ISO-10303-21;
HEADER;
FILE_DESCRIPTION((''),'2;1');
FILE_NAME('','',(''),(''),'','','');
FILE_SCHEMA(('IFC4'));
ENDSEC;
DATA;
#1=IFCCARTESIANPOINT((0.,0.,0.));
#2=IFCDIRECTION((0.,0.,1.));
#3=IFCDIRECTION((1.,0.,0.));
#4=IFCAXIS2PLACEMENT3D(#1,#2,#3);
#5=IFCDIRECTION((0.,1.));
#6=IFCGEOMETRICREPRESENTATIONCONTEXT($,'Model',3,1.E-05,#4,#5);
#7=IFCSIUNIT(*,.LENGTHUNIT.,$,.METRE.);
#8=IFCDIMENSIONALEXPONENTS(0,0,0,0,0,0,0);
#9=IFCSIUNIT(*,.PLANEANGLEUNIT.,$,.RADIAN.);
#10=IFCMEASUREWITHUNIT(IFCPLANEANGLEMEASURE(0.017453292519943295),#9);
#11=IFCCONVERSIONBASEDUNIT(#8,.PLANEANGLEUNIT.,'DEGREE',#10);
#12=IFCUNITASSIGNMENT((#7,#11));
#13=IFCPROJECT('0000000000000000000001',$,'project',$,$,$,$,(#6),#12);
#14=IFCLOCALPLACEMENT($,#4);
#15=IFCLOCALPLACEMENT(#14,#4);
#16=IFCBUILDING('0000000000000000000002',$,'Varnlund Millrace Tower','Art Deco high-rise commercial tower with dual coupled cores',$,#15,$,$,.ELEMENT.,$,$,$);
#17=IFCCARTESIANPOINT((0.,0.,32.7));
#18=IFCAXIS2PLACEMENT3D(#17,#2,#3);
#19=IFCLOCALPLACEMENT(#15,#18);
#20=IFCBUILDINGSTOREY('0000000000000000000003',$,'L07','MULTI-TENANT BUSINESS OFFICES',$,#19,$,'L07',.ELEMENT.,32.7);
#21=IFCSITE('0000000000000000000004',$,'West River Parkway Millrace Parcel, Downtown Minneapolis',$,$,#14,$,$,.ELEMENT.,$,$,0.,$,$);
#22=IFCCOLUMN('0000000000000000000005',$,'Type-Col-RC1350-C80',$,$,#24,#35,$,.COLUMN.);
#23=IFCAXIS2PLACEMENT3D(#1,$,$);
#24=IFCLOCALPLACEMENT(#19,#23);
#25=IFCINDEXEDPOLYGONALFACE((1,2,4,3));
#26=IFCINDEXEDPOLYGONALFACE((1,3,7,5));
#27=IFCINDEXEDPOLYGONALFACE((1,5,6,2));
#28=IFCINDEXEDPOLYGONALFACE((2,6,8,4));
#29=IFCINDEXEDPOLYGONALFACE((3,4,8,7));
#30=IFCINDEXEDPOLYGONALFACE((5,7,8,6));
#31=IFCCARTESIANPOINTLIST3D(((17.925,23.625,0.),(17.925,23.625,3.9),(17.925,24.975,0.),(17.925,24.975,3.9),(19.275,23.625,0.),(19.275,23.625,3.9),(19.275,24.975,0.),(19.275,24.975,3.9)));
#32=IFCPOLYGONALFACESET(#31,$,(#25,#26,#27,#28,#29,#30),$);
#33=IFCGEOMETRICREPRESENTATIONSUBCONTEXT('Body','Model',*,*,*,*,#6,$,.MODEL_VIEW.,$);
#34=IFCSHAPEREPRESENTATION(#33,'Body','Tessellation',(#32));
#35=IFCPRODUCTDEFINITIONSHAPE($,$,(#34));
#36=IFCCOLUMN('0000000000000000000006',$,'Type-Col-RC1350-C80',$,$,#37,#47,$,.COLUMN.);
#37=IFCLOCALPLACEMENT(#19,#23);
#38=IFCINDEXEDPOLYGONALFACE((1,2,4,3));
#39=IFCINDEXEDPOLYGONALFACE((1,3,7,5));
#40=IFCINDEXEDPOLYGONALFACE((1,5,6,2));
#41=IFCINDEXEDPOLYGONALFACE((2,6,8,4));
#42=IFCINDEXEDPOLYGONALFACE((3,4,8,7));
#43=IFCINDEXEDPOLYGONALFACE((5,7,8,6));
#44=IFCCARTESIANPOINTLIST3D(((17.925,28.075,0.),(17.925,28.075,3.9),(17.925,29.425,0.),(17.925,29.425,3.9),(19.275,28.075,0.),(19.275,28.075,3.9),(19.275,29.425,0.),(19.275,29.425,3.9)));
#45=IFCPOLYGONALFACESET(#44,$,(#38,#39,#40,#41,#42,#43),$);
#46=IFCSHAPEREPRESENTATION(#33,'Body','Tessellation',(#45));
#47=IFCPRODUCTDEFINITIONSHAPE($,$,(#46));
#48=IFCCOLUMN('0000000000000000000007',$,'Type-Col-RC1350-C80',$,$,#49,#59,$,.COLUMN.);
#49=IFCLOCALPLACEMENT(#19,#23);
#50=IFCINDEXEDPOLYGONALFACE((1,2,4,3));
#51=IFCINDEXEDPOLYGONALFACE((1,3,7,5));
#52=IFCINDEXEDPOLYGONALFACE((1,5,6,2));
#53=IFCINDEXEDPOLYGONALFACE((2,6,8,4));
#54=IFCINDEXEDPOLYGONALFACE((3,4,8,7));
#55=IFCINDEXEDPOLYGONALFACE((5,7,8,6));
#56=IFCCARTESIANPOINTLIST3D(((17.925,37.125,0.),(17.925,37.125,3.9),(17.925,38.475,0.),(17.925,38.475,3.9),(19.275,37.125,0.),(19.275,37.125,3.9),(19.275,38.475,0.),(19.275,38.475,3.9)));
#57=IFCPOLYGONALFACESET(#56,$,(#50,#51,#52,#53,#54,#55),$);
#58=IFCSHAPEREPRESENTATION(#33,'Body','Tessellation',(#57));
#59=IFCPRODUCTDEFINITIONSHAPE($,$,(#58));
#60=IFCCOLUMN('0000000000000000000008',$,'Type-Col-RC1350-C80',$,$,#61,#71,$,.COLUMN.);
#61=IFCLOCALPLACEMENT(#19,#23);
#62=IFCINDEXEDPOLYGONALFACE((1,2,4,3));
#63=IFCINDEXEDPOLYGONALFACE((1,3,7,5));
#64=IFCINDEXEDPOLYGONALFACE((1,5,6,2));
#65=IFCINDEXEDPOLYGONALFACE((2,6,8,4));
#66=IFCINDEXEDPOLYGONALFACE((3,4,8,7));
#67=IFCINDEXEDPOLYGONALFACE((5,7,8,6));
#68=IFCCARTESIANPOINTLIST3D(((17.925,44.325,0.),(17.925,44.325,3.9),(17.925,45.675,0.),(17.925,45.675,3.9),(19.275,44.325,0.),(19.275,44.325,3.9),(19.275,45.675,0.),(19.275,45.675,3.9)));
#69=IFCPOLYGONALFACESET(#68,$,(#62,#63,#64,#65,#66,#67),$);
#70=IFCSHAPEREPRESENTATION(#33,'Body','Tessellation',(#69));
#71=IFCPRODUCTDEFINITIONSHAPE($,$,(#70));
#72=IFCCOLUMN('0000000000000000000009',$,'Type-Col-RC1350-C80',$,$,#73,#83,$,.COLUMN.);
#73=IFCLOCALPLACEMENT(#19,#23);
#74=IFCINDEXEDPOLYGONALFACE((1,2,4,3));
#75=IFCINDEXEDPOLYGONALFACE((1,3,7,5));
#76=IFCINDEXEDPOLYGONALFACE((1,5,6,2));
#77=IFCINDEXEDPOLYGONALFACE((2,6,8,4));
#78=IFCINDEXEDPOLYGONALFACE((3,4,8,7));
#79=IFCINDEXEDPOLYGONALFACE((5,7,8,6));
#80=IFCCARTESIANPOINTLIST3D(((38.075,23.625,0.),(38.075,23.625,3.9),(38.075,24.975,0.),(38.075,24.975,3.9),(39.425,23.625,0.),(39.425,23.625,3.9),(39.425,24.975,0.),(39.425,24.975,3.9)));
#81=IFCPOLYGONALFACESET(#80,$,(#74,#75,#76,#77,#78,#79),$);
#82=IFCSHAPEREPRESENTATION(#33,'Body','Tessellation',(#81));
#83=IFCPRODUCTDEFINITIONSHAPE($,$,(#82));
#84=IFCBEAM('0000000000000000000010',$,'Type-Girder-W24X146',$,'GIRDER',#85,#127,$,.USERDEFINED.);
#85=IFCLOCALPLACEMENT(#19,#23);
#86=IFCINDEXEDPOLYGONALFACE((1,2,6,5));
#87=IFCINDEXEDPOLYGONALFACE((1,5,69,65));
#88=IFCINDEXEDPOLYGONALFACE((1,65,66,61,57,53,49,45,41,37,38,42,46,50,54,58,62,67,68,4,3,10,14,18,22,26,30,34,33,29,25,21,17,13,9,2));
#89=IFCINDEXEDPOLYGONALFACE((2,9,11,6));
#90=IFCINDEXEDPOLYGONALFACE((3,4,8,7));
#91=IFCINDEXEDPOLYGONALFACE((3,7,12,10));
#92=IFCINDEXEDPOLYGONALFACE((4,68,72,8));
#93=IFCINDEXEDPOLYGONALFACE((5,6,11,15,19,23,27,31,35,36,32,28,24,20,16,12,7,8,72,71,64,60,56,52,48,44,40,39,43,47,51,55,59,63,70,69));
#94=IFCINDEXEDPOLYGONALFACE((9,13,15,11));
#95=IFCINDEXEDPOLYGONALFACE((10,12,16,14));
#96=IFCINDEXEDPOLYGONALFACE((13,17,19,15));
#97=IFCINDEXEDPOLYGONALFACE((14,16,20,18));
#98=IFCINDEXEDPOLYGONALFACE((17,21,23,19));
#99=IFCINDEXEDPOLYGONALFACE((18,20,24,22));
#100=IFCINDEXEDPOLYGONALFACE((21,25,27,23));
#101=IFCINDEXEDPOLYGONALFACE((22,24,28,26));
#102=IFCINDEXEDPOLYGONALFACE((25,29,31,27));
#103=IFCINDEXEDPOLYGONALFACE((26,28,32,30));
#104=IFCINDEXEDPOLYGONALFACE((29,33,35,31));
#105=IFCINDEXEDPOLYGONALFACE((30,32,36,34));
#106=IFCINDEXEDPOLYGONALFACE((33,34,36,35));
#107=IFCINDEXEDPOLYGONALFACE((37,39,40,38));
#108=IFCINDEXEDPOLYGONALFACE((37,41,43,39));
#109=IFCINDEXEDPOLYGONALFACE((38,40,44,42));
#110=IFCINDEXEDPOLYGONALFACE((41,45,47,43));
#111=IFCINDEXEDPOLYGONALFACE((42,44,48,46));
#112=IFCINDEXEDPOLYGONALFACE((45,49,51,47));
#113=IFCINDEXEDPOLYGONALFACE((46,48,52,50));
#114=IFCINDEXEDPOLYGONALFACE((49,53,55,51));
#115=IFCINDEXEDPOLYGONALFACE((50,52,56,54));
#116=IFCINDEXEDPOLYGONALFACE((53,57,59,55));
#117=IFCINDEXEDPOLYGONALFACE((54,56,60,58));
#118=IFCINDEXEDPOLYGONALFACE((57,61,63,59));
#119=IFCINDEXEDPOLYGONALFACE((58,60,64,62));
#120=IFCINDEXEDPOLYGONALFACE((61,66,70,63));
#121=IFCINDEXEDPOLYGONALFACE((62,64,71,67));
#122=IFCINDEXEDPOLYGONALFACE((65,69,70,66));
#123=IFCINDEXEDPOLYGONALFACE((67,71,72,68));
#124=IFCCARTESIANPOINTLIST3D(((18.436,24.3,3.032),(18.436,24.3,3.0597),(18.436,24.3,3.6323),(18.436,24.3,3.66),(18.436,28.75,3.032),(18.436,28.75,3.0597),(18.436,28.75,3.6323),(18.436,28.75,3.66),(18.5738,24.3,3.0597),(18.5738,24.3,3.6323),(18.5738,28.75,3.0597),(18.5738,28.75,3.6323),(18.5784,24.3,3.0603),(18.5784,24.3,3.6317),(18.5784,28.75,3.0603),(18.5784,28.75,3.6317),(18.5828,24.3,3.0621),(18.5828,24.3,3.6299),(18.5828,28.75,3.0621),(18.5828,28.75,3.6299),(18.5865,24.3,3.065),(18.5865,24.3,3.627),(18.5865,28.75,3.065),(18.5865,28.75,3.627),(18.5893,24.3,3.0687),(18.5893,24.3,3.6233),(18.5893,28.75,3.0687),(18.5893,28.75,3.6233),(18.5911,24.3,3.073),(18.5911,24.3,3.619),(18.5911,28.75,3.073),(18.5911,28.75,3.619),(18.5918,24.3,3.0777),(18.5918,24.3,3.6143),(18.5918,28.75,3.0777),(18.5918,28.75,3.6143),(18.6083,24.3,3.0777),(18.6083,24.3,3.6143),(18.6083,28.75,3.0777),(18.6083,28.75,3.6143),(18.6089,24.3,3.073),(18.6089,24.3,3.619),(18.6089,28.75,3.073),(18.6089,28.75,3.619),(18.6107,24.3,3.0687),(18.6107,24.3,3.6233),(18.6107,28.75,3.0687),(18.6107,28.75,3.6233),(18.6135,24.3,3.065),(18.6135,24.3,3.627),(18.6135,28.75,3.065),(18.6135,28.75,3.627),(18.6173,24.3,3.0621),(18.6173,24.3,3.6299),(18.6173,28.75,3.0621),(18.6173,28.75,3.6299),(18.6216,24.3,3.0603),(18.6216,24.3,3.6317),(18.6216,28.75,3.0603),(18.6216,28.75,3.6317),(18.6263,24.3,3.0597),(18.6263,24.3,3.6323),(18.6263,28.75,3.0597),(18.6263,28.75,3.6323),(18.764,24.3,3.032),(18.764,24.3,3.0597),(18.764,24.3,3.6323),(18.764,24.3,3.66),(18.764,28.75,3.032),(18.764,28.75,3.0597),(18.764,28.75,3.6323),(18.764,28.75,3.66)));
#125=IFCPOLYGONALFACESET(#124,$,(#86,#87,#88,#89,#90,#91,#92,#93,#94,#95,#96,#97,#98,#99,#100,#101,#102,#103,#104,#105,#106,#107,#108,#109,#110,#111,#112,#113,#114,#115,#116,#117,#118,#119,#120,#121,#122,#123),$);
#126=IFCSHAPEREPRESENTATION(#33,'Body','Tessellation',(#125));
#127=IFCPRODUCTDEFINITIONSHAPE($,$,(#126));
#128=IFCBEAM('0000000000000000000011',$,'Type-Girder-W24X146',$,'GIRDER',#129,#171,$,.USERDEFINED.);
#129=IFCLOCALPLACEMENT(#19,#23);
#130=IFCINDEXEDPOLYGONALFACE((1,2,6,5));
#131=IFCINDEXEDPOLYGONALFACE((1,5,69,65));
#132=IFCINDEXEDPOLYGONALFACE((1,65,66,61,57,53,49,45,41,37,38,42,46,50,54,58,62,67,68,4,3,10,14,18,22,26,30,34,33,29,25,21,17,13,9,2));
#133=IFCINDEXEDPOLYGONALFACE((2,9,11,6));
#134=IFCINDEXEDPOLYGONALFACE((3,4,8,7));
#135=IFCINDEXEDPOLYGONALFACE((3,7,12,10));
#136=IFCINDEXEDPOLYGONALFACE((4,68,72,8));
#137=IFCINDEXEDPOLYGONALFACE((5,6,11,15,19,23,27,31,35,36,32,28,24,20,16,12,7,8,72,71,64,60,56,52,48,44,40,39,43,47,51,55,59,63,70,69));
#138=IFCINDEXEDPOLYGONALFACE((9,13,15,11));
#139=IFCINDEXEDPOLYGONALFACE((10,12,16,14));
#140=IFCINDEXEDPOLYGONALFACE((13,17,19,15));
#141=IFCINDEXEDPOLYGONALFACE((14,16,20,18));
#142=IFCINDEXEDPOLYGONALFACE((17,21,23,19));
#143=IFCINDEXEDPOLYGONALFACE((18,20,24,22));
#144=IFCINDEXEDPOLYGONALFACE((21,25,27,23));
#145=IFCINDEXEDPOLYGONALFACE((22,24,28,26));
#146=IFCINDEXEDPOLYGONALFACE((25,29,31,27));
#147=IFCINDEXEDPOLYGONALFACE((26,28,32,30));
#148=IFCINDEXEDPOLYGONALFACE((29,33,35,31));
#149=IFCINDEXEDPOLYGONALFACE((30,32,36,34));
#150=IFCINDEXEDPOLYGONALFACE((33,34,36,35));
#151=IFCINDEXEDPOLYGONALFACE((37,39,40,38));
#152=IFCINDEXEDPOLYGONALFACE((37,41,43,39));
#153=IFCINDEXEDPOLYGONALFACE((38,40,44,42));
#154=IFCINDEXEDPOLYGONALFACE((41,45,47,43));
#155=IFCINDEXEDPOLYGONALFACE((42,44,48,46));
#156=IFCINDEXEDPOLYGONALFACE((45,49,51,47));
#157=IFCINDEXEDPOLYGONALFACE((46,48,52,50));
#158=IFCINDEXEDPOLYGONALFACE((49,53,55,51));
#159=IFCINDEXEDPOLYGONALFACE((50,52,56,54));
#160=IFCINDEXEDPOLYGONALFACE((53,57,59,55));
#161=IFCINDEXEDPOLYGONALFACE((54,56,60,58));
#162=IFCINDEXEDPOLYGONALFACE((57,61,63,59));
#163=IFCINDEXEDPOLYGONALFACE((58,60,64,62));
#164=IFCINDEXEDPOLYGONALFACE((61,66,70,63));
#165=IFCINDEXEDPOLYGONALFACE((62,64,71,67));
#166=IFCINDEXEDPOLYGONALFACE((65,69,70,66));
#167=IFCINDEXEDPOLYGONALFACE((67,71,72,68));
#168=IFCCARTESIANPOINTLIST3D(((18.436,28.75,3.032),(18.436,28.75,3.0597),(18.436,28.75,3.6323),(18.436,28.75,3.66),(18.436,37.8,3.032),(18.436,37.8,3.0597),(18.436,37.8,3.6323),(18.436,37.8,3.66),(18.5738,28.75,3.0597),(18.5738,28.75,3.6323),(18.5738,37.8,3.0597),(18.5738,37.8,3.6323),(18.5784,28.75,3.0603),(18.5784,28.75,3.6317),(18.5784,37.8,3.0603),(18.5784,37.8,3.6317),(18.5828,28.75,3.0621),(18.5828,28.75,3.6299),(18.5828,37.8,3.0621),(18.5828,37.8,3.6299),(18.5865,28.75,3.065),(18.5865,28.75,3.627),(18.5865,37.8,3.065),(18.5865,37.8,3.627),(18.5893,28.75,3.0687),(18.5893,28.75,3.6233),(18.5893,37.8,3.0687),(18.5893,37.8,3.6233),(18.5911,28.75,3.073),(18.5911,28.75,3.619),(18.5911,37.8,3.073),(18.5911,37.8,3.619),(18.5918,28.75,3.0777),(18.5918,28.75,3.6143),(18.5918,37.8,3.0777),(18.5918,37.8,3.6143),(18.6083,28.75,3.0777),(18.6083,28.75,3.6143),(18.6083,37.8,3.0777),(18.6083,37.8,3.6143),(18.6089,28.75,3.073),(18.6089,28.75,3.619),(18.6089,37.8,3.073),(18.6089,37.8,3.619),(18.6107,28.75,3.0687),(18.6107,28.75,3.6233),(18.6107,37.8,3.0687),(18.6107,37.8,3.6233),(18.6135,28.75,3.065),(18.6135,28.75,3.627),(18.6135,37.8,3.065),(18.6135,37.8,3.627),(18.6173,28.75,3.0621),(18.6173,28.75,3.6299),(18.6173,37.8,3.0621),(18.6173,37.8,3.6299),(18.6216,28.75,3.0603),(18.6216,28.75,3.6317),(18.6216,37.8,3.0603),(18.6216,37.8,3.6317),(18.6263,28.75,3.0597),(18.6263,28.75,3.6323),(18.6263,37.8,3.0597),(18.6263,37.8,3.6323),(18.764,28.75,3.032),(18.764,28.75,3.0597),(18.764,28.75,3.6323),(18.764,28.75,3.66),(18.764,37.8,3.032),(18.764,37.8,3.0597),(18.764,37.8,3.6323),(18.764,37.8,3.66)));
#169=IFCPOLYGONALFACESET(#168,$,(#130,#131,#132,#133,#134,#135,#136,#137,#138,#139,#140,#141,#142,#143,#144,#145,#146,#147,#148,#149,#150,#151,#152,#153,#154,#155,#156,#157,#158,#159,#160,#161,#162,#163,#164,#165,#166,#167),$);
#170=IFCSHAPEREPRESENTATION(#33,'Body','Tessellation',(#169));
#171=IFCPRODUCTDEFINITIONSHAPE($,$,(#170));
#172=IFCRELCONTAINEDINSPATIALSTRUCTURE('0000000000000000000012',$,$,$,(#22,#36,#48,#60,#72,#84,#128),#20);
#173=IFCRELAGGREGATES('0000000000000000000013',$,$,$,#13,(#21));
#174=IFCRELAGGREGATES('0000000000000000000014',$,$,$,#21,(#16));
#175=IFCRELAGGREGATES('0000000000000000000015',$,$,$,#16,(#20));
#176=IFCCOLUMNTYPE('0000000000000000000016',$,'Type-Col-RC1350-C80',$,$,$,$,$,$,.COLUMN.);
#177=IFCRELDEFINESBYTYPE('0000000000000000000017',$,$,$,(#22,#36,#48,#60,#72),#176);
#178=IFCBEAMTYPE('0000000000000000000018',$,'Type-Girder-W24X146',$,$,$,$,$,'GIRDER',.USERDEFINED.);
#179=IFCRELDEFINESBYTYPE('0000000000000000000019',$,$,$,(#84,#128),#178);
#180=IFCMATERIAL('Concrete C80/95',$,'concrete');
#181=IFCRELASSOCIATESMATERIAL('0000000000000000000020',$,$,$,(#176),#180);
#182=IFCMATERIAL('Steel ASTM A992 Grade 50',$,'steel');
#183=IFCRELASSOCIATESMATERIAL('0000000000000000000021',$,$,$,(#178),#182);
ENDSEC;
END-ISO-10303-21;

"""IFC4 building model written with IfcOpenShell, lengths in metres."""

from ifc_helpers import new_model, entity, si_unit, converted_unit, direction, frame, origin_with_axes, origin_2d_with_axis, place, context, subcontext, project, spatial, rectangle, i_section, extrude, material, material_profile, profile_set, type_object, element, save


model = new_model("IFC4")

# Units and contexts
model_context = context("Model", 3, precision=1e-05, world=origin_with_axes(), true_north=direction((0.0, 1.0)))
body_context = subcontext(model_context, "Body", "Model", "MODEL_VIEW")
ifc_project = project(units=[si_unit("LENGTHUNIT", "METRE"), converted_unit("PLANEANGLEUNIT", "DEGREE", entity("IfcPlaneAngleMeasure", 0.017453292519943295), si_unit("PLANEANGLEUNIT", "RADIAN"), dimensions=[0, 0, 0, 0, 0, 0, 0])], contexts=[model_context])

# Site, building, storey
site_placement = place(None, origin_with_axes())
site = spatial("IfcSite", under=ifc_project, at=site_placement, Name="West River Parkway Millrace Parcel, Downtown Minneapolis", CompositionType="ELEMENT", RefElevation=0.0)
building_placement = place(site_placement, origin_with_axes())
building = spatial("IfcBuilding", under=site, at=building_placement, Name="Varnlund Millrace Tower", Description="Art Deco high-rise commercial tower with dual coupled cores", CompositionType="ELEMENT")
storey_placement = place(building_placement, frame((0.0, 0.0, 32.7), z_axis=(0.0, 0.0, 1.0), x_axis=(1.0, 0.0, 0.0)))
storey = spatial("IfcBuildingStorey", under=building, at=storey_placement, Name="L07", Description="MULTI-TENANT BUSINESS OFFICES", LongName="L07", CompositionType="ELEMENT", Elevation=32.7)

# Columns
ifc_material_1 = material(Name="Concrete C80/95", Category="concrete")
ifc_material_profile_1 = material_profile(ifc_material_1, rectangle(XDim=1.35, YDim=1.35, at=origin_2d_with_axis()), Name="Concrete C80/95")
ifc_profile_set_1 = profile_set([ifc_material_profile_1], Name="Concrete C80/95")
column_type = type_object("IfcColumnType", Name="Type-Col-RC1350-C80", PredefinedType="COLUMN", material=ifc_profile_set_1)
for number, where, z_axis, x_axis, name in (
    (1, (18.6, 24.3, 0.0), (0.0, 0.0, 1.0), (1.0, 0.0, 0.0), "Type-Col-RC1350-C80"),
    (2, (18.6, 28.75, 0.0), (0.0, 0.0, 1.0), (1.0, 0.0, 0.0), "Type-Col-RC1350-C80"),
    (3, (18.6, 37.8, 0.0), (0.0, 0.0, 1.0), (1.0, 0.0, 0.0), "Type-Col-RC1350-C80"),
    (4, (18.6, 45.0, 0.0), (0.0, 0.0, 1.0), (1.0, 0.0, 0.0), "Type-Col-RC1350-C80"),
    (5, (38.75, 24.3, 0.0), (0.0, 0.0, 1.0), (1.0, 0.0, 0.0), "Type-Col-RC1350-C80"),
):
    element("IfcColumn", number, at=place(storey_placement, frame(where, z_axis=z_axis, x_axis=x_axis)), inside=storey, type_object=column_type, Name=name, PredefinedType="COLUMN", context=body_context, shape_type="SweptSolid", body=[
        extrude(rectangle(XDim=1.35, YDim=1.35, at=origin_2d_with_axis()), origin_with_axes(), (0.0, 0.0, 1.0), 3.9),
    ])

# Beams
ifc_material_2 = material(Name="Steel ASTM A992 Grade 50", Category="steel")
ifc_material_profile_2 = material_profile(ifc_material_2, i_section(OverallWidth=0.328, OverallDepth=0.628, WebThickness=0.0165, FlangeThickness=0.0277, FilletRadius=0.018, at=origin_2d_with_axis()), Name="Steel ASTM A992 Grade 50")
ifc_profile_set_2 = profile_set([ifc_material_profile_2], Name="Steel ASTM A992 Grade 50")
beam_type_1 = type_object("IfcBeamType", Name="Type-Girder-W24X146", ElementType="GIRDER", PredefinedType="USERDEFINED", material=ifc_profile_set_2)
beam_1_placement = place(storey_placement, frame((18.6, 24.3, 3.346), z_axis=(0.0, 1.0, 0.0), x_axis=(-1.0, 0.0, 0.0)))
element("IfcBeam", 6, at=beam_1_placement, inside=storey, type_object=beam_type_1, Name="Type-Girder-W24X146", ObjectType="GIRDER", PredefinedType="USERDEFINED", context=body_context, shape_type="SweptSolid", body=[
    extrude(i_section(OverallWidth=0.328, OverallDepth=0.628, WebThickness=0.0165, FlangeThickness=0.0277, FilletRadius=0.018, at=origin_2d_with_axis()), origin_with_axes(), (0.0, 0.0, 1.0), 4.45),
])
beam_2_placement = place(storey_placement, frame((18.6, 28.75, 3.346), z_axis=(0.0, 1.0, 0.0), x_axis=(-1.0, 0.0, 0.0)))
element("IfcBeam", 7, at=beam_2_placement, inside=storey, type_object=beam_type_1, Name="Type-Girder-W24X146", ObjectType="GIRDER", PredefinedType="USERDEFINED", context=body_context, shape_type="SweptSolid", body=[
    extrude(i_section(OverallWidth=0.328, OverallDepth=0.628, WebThickness=0.0165, FlangeThickness=0.0277, FilletRadius=0.018, at=origin_2d_with_axis()), origin_with_axes(), (0.0, 0.0, 1.0), 9.05),
])

save(model, "model.ifc")
